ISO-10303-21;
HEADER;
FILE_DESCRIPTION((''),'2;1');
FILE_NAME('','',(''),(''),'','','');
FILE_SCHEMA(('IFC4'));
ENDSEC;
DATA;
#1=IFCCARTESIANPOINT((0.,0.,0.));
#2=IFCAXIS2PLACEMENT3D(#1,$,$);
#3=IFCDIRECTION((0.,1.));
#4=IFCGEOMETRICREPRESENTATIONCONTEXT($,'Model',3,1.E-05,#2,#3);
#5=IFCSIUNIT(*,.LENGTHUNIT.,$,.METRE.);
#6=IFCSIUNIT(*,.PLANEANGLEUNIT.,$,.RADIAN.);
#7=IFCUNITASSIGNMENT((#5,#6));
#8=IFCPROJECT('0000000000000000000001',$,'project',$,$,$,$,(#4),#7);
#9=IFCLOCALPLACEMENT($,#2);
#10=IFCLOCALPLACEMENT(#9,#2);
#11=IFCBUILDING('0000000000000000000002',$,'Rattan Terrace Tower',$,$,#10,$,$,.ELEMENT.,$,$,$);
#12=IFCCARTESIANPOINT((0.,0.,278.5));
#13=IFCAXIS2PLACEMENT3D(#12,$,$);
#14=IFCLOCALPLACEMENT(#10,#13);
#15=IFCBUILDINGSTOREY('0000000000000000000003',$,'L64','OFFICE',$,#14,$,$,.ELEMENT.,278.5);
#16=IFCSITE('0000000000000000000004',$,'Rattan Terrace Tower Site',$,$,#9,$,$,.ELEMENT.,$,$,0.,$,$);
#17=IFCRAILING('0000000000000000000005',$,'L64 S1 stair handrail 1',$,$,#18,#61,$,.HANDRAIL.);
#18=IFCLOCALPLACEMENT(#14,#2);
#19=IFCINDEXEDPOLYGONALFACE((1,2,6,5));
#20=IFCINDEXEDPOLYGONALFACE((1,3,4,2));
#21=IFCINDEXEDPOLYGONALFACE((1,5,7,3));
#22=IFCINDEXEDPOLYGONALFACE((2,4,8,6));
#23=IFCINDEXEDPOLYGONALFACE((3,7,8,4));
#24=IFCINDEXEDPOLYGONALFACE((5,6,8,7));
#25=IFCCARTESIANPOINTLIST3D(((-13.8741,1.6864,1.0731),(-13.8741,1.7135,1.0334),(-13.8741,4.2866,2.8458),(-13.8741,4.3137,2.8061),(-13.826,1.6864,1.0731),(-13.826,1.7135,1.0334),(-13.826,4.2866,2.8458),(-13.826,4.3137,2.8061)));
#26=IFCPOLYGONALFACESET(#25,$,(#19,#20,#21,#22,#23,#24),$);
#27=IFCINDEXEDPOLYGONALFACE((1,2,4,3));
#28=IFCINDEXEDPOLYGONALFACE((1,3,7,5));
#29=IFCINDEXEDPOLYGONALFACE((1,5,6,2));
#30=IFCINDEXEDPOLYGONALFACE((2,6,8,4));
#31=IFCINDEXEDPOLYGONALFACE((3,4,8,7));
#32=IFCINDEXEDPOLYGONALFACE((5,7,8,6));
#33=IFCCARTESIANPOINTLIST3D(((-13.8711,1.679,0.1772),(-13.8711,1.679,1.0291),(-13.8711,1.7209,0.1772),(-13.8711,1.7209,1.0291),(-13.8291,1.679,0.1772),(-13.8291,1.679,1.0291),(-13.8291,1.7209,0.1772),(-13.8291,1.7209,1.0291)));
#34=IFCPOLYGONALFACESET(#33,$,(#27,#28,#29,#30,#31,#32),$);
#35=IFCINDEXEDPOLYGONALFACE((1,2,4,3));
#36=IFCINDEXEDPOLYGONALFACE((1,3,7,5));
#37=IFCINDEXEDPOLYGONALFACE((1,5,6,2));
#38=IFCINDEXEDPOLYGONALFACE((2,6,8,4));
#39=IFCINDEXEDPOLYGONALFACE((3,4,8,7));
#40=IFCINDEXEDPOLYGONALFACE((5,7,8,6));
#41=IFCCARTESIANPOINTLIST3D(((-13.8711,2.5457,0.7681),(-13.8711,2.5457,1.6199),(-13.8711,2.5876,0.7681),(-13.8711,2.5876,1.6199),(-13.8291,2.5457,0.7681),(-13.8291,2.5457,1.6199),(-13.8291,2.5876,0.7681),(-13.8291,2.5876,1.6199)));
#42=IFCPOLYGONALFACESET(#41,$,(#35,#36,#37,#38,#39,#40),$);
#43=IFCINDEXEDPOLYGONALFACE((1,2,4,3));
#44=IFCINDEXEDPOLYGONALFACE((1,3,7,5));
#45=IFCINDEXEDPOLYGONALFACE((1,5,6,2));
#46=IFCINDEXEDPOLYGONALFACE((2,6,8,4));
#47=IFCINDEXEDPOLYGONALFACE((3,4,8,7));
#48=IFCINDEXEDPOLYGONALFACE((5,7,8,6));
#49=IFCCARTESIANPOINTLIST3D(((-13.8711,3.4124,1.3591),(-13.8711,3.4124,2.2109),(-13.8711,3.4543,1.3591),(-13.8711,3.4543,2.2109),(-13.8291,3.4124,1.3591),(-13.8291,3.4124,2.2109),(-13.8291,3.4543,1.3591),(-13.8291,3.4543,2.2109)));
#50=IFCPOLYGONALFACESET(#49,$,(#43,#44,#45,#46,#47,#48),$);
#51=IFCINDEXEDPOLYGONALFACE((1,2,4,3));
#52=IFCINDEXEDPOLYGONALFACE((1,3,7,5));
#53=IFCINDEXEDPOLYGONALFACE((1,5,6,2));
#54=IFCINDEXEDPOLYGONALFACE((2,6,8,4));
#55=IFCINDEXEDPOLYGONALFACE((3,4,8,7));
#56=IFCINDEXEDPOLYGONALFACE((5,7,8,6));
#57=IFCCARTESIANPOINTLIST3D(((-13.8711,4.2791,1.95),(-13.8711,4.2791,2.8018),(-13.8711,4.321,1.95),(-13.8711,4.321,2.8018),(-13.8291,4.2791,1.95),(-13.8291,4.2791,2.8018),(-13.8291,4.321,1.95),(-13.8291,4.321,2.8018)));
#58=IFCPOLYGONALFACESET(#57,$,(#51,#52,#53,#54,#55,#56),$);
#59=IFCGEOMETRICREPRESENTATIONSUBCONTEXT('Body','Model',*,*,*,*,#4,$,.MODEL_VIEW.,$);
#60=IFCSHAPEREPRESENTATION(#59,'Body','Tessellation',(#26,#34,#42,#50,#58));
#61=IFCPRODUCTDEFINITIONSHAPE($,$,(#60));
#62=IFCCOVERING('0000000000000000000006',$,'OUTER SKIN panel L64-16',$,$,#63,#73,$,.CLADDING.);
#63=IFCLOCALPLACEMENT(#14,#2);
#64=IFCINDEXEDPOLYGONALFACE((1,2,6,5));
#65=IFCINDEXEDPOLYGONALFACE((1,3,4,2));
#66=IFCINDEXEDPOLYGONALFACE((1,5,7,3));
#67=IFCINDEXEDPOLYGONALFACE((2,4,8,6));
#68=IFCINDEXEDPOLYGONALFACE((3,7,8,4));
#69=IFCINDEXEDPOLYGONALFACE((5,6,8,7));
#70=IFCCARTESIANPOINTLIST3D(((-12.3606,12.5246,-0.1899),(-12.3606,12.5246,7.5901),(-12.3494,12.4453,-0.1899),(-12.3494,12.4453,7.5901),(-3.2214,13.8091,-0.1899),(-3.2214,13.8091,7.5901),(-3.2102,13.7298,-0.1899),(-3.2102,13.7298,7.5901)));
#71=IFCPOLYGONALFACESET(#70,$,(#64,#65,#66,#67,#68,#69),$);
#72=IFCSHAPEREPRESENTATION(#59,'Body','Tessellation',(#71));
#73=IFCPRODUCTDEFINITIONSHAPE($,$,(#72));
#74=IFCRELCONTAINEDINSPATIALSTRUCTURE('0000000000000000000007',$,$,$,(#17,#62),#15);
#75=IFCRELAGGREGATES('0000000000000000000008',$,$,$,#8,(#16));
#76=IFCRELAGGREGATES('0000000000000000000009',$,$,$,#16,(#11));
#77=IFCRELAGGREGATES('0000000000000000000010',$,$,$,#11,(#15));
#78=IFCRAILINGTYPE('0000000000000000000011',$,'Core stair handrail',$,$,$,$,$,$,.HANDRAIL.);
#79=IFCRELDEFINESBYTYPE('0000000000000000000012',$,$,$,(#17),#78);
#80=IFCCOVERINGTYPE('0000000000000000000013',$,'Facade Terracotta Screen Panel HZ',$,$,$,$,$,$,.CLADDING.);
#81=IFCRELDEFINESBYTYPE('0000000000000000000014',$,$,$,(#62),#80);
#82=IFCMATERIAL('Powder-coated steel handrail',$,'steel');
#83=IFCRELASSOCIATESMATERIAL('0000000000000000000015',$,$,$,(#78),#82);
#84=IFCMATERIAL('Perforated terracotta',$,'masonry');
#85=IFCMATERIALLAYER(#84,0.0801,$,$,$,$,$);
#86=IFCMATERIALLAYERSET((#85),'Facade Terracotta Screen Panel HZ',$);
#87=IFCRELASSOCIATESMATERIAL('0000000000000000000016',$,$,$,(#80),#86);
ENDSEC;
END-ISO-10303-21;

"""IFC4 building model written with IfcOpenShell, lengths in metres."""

from ifc_helpers import new_model, si_unit, direction, frame, origin, origin_2d, place, context, subcontext, project, spatial, rectangle, extrude, material, layer, layer_set, type_object, element, save


model = new_model("IFC4")

# Units and contexts
model_context = context("Model", 3, precision=1e-05, world=origin(), true_north=direction((0.0, 1.0)))
body_context = subcontext(model_context, "Body", "Model", "MODEL_VIEW")
ifc_project = project(units=[si_unit("LENGTHUNIT", "METRE"), si_unit("PLANEANGLEUNIT", "RADIAN")], contexts=[model_context])

# Site, building, storey
site_placement = place(None, origin())
site = spatial("IfcSite", under=ifc_project, at=site_placement, Name="Rattan Terrace Tower Site", CompositionType="ELEMENT", RefElevation=0.0)
building_placement = place(site_placement, origin())
building = spatial("IfcBuilding", under=site, at=building_placement, Name="Rattan Terrace Tower", CompositionType="ELEMENT")
storey_placement = place(building_placement, frame((0.0, 0.0, 278.5)))
storey = spatial("IfcBuildingStorey", under=building, at=storey_placement, Name="L64", Description="OFFICE", CompositionType="ELEMENT", Elevation=278.5)

# Railing
ifc_material_1 = material(Name="Powder-coated steel handrail", Category="steel")
railing_type_1 = type_object("IfcRailingType", Name="Core stair handrail", PredefinedType="HANDRAIL", material=ifc_material_1)
railing_1_placement = place(storey_placement, frame((-13.8501, 1.7, 0.1772)))
element("IfcRailing", 1, at=railing_1_placement, inside=storey, type_object=railing_type_1, Name="L64 S1 stair handrail 1", PredefinedType="HANDRAIL", context=body_context, shape_type="SweptSolid", body=[
    extrude(rectangle(XDim=0.0481, YDim=0.0481, at=origin_2d()), frame((0.0, 0.0, 0.876), z_axis=(0.0, 0.82624, 0.563318), x_axis=(-1.0, 0.0, 0.0)), (0.0, 0.0, 1.0), 3.147),
    extrude(rectangle(XDim=0.042, YDim=0.042, at=origin_2d()), origin(), (0.0, 0.0, 1.0), 0.8518),
    extrude(rectangle(XDim=0.042, YDim=0.042, at=origin_2d()), frame((0.0, 0.8667, 0.5908)), (0.0, 0.0, 1.0), 0.8518),
    extrude(rectangle(XDim=0.042, YDim=0.042, at=origin_2d()), frame((0.0, 1.7334, 1.1819)), (0.0, 0.0, 1.0), 0.8518),
    extrude(rectangle(XDim=0.042, YDim=0.042, at=origin_2d()), frame((0.0, 2.6001, 1.7727)), (0.0, 0.0, 1.0), 0.8518),
])

# Covering
ifc_material_2 = material(Name="Perforated terracotta", Category="masonry")
ifc_layer_1 = layer(ifc_material_2, 0.0801)
ifc_layer_set_1 = layer_set([ifc_layer_1], Name="Facade Terracotta Screen Panel HZ")
covering_type = type_object("IfcCoveringType", Name="Facade Terracotta Screen Panel HZ", PredefinedType="CLADDING", material=ifc_layer_set_1)
covering_placement = place(storey_placement, frame((-7.7854, 13.1272, -0.1899), z_axis=(0.0, 0.0, 1.0), x_axis=(-0.990266, -0.139189, 0.0)))
element("IfcCovering", 2, at=covering_placement, inside=storey, type_object=covering_type, Name="OUTER SKIN panel L64-16", PredefinedType="CLADDING", context=body_context, shape_type="SweptSolid", body=[
    extrude(rectangle(XDim=9.229, YDim=0.0801, at=origin_2d()), origin(), (0.0, 0.0, 1.0), 7.78),
])

save(model, "model.ifc")
